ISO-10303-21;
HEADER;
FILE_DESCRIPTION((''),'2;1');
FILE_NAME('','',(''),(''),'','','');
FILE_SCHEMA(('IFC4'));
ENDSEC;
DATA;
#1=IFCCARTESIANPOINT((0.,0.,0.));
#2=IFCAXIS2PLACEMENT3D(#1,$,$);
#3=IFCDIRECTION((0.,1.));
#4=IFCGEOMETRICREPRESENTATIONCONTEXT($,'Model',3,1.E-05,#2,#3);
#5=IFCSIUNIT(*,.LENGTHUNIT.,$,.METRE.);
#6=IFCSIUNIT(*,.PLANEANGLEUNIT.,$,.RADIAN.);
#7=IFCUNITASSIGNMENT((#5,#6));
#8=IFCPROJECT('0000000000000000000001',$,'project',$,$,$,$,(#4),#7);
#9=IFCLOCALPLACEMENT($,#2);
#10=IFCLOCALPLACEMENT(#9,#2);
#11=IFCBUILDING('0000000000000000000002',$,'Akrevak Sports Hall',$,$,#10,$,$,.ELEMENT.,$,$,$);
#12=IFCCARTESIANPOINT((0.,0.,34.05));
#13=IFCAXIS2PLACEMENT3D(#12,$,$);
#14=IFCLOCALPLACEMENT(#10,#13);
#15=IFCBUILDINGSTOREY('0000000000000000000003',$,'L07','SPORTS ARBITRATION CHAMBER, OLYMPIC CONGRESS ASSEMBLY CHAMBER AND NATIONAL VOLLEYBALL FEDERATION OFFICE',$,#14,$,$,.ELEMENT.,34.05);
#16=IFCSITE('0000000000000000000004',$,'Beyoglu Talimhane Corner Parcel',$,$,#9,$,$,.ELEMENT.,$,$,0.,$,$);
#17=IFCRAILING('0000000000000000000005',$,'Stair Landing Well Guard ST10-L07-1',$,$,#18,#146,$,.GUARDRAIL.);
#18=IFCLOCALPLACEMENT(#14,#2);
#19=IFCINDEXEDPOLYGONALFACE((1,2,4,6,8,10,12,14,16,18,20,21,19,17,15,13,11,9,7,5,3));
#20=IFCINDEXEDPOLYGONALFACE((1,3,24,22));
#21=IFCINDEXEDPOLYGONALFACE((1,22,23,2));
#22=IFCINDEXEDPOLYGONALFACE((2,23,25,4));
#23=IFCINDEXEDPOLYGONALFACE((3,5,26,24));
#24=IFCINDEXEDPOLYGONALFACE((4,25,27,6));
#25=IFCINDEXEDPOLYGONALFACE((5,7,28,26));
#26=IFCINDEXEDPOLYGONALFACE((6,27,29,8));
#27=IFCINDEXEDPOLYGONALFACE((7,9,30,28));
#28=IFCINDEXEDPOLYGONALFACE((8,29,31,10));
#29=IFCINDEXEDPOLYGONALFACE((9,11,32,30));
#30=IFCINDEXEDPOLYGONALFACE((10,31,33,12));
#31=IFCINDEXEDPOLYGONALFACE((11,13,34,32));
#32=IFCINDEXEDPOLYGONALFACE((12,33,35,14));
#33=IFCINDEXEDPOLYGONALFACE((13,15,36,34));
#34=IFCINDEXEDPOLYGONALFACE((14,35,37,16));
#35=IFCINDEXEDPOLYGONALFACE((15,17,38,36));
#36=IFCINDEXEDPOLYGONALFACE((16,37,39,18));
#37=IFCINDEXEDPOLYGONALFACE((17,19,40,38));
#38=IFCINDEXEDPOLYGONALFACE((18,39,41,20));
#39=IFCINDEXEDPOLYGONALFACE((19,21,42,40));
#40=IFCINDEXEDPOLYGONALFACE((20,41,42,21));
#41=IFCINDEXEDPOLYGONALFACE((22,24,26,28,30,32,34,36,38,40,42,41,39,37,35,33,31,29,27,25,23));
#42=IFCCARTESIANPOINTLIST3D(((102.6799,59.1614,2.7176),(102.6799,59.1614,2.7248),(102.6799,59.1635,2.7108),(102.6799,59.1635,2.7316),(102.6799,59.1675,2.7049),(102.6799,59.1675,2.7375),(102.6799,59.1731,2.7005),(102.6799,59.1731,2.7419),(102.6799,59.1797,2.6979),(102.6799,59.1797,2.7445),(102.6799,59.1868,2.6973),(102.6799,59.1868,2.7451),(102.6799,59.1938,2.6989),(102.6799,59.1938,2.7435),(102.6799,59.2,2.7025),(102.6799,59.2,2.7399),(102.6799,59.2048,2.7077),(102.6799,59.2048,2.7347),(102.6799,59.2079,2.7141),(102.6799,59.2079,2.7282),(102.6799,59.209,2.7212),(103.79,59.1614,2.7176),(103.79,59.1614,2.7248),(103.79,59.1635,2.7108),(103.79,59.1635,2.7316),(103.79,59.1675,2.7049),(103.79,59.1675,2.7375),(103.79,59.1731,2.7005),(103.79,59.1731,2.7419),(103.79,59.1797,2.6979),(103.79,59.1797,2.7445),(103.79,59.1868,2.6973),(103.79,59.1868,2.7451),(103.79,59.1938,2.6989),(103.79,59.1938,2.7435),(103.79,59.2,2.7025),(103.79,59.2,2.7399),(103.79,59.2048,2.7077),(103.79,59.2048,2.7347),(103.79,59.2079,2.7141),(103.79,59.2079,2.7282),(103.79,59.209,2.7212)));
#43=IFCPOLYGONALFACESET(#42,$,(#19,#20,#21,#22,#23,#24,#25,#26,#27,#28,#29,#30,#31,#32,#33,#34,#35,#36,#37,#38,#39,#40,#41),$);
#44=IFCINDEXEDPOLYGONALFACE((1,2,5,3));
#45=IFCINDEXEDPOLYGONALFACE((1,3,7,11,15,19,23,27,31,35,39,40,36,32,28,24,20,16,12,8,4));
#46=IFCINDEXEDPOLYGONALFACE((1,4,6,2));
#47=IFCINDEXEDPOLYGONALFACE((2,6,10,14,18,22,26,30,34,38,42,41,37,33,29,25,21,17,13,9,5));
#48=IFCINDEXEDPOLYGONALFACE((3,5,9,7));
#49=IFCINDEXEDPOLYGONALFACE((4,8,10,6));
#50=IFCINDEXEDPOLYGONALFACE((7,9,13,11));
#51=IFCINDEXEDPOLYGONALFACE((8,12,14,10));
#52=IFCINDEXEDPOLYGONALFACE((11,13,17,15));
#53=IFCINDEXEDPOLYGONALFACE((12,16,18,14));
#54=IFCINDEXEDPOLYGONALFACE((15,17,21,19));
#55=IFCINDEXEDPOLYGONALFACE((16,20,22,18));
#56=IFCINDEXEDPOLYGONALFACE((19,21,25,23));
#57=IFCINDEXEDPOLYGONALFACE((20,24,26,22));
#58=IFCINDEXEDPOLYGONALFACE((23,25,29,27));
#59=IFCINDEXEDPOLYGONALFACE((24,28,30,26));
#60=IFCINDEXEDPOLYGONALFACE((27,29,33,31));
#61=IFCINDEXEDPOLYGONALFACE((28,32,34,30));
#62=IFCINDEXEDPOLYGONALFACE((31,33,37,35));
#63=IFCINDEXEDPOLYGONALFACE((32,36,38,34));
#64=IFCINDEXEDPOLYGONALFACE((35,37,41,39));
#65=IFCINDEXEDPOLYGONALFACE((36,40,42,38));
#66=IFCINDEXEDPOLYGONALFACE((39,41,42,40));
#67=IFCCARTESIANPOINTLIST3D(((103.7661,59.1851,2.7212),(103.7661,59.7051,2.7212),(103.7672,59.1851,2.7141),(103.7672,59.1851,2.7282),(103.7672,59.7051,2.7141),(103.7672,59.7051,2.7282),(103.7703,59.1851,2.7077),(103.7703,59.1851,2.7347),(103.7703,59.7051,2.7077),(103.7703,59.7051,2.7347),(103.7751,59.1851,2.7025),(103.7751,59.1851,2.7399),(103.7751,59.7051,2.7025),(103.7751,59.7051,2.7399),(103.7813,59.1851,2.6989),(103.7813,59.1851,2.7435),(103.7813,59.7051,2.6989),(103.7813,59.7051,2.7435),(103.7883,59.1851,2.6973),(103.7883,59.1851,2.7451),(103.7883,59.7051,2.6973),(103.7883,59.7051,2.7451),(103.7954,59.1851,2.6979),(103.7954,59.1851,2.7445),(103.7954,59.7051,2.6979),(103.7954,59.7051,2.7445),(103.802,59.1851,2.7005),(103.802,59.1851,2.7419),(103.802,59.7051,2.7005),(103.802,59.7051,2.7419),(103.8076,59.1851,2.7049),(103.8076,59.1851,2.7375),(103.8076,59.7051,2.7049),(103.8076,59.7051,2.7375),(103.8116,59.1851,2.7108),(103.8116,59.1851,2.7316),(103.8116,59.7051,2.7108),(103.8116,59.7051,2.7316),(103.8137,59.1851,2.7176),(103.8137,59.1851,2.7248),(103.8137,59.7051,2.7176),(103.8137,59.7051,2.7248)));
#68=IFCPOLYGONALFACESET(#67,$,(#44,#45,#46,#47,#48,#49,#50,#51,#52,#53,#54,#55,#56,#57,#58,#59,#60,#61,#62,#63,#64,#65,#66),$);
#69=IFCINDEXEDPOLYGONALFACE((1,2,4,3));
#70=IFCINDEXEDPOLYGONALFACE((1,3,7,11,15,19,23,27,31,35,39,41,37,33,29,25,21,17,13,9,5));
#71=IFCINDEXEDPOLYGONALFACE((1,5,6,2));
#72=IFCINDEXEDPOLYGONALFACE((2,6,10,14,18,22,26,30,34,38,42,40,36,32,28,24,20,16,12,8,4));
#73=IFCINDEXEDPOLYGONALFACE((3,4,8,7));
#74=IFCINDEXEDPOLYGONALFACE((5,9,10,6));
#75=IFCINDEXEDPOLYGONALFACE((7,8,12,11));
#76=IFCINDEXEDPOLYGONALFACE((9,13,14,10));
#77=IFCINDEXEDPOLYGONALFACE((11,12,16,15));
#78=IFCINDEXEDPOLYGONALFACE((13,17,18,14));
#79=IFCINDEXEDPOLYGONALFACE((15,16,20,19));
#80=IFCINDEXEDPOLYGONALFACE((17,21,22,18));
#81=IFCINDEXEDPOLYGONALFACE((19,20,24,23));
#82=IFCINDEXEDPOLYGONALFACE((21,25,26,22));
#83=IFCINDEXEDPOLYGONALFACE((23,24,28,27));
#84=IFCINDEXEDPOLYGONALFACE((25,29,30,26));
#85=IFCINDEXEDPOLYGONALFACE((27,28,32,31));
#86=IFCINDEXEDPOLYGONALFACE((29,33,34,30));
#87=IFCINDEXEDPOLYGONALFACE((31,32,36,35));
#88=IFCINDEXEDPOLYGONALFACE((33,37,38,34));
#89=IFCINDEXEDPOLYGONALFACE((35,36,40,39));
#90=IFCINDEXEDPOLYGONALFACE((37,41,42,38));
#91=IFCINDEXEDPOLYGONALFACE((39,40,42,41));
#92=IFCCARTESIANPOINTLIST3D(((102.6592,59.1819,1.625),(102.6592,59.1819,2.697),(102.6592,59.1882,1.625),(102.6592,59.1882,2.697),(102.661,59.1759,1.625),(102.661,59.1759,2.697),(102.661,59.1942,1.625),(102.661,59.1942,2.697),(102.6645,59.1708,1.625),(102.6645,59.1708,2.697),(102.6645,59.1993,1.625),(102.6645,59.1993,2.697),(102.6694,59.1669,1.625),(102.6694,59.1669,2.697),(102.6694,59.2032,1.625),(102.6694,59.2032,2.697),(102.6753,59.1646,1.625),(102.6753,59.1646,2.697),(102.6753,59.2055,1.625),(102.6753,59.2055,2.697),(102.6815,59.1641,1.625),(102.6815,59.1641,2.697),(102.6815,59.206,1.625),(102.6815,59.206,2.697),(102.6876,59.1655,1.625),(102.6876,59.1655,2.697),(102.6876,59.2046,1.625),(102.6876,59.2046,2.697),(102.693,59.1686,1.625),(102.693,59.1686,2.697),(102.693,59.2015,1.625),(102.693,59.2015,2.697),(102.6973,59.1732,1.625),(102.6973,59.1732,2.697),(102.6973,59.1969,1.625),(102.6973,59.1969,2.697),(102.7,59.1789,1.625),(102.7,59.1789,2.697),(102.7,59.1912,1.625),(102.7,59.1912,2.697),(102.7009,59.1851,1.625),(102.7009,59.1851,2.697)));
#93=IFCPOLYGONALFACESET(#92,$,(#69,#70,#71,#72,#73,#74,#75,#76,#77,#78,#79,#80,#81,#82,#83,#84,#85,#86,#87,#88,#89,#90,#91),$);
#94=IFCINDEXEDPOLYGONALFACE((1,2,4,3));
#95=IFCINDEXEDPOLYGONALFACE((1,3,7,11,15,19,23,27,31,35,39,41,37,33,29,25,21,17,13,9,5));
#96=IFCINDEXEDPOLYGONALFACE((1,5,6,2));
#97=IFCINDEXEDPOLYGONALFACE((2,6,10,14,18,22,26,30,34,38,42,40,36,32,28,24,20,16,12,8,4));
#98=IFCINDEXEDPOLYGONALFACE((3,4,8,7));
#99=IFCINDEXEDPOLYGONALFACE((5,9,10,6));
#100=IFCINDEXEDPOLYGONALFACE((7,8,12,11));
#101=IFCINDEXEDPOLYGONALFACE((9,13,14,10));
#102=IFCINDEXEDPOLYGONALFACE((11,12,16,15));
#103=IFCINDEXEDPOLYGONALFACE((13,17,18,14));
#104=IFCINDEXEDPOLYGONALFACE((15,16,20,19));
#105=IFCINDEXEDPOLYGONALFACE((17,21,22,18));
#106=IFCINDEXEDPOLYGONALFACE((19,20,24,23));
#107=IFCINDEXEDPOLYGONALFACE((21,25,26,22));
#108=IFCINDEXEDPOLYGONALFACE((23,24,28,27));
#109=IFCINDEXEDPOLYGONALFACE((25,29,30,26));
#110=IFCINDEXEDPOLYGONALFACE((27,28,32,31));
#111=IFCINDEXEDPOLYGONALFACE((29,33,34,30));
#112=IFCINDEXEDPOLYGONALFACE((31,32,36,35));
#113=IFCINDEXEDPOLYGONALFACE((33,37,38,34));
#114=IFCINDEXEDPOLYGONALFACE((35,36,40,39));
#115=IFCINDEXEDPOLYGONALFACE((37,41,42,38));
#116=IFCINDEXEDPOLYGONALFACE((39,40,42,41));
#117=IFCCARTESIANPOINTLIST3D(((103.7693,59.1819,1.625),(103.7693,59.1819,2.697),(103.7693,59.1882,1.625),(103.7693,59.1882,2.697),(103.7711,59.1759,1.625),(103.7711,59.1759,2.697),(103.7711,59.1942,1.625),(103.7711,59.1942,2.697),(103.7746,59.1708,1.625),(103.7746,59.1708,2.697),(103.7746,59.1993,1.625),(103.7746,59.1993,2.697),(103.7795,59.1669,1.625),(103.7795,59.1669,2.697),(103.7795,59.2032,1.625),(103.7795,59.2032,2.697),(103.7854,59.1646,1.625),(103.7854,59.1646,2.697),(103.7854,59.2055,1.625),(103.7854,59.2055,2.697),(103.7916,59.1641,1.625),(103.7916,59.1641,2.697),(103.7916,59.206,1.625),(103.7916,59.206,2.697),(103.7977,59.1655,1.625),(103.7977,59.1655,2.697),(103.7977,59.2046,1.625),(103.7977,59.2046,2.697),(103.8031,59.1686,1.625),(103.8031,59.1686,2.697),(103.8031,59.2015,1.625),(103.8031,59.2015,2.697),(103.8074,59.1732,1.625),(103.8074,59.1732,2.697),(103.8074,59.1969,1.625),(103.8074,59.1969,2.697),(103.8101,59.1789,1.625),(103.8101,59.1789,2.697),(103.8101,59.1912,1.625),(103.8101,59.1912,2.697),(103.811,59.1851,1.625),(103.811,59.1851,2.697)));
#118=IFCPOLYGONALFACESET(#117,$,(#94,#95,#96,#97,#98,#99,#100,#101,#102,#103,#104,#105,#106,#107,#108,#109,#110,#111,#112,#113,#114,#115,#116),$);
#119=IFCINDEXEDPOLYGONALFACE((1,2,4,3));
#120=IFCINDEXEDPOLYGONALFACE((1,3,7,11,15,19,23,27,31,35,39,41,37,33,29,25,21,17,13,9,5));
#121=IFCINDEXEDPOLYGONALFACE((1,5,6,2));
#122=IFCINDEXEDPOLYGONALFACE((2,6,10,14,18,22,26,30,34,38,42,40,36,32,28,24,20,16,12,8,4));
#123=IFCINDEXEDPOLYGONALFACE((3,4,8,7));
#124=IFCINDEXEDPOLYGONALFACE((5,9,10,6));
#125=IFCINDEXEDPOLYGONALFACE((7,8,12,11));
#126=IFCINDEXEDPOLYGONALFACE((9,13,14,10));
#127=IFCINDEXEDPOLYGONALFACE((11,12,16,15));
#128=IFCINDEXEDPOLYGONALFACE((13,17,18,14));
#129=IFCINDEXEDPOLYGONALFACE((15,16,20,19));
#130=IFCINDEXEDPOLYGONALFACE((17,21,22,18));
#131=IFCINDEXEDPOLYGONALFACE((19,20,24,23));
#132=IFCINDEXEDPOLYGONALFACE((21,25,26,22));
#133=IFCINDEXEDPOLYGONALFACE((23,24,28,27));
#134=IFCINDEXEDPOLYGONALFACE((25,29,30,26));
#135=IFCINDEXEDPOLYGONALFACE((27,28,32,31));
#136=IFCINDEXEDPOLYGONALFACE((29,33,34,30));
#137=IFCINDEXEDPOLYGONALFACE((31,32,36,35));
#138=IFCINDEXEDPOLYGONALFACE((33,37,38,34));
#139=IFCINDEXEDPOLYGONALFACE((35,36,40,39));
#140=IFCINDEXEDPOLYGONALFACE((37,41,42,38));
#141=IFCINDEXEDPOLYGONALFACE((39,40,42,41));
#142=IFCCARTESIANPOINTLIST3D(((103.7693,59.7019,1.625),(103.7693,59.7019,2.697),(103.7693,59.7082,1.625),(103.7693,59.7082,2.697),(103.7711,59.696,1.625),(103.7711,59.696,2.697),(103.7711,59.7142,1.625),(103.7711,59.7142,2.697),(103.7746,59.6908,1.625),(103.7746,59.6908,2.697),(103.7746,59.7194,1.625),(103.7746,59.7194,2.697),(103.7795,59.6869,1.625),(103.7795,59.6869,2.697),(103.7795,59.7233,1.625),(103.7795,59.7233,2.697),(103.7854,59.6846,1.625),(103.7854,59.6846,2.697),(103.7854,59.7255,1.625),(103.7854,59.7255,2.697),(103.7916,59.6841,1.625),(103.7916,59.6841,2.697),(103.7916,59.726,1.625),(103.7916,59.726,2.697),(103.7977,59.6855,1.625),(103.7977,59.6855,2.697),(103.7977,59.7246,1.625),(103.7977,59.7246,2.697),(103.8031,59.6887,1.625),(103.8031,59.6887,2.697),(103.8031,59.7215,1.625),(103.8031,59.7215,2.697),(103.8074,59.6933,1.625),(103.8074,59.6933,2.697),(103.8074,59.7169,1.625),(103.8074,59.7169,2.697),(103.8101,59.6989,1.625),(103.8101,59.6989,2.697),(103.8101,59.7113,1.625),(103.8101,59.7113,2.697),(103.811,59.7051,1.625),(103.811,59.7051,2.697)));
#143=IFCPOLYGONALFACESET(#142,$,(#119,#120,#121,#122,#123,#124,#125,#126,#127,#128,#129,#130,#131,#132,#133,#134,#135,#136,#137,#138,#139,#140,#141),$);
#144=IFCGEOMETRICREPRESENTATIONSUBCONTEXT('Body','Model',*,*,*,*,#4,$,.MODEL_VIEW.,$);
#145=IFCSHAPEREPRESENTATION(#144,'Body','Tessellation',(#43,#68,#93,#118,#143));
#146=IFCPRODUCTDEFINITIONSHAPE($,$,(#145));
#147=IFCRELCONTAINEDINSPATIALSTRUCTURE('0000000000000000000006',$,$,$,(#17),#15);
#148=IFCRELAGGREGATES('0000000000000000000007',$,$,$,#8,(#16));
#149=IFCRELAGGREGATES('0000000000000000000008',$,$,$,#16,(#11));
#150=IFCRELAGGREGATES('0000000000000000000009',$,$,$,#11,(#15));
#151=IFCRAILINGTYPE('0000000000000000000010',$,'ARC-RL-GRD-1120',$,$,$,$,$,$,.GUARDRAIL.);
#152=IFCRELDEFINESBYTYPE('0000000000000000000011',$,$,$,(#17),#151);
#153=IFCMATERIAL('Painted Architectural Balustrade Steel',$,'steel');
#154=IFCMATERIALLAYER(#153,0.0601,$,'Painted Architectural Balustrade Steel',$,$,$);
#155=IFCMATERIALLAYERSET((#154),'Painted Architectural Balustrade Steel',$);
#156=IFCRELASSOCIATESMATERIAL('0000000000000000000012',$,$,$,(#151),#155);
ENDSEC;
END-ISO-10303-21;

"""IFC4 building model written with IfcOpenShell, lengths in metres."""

from ifc_helpers import new_model, si_unit, direction, frame, origin, origin_2d, place, context, subcontext, project, spatial, circle, extrude, material, layer, layer_set, type_object, element, save


model = new_model("IFC4")

# Units and contexts
model_context = context("Model", 3, precision=1e-05, world=origin(), true_north=direction((0.0, 1.0)))
body_context = subcontext(model_context, "Body", "Model", "MODEL_VIEW")
ifc_project = project(units=[si_unit("LENGTHUNIT", "METRE"), si_unit("PLANEANGLEUNIT", "RADIAN")], contexts=[model_context])

# Site, building, storey
site_placement = place(None, origin())
site = spatial("IfcSite", under=ifc_project, at=site_placement, Name="Beyoglu Talimhane Corner Parcel", CompositionType="ELEMENT", RefElevation=0.0)
building_placement = place(site_placement, origin())
building = spatial("IfcBuilding", under=site, at=building_placement, Name="Akrevak Sports Hall", CompositionType="ELEMENT")
storey_placement = place(building_placement, frame((0.0, 0.0, 34.05)))
storey = spatial("IfcBuildingStorey", under=building, at=storey_placement, Name="L07", Description="SPORTS ARBITRATION CHAMBER, OLYMPIC CONGRESS ASSEMBLY CHAMBER AND NATIONAL VOLLEYBALL FEDERATION OFFICE", CompositionType="ELEMENT", Elevation=34.05)

# Railing
ifc_material_1 = material(Name="Painted Architectural Balustrade Steel", Category="steel")
ifc_layer_1 = layer(ifc_material_1, 0.0601, Name="Painted Architectural Balustrade Steel")
ifc_layer_set_1 = layer_set([ifc_layer_1], Name="Painted Architectural Balustrade Steel")
railing_type_1 = type_object("IfcRailingType", Name="ARC-RL-GRD-1120", PredefinedType="GUARDRAIL", material=ifc_layer_set_1)
railing_1_placement = place(storey_placement, frame((102.6799, 59.1851, 1.625)))
element("IfcRailing", 1, at=railing_1_placement, inside=storey, type_object=railing_type_1, Name="Stair Landing Well Guard ST10-L07-1", PredefinedType="GUARDRAIL", context=body_context, shape_type="SweptSolid", body=[
    extrude(circle(Radius=0.0239, at=origin_2d()), frame((0.0, 0.0, 1.0962), z_axis=(1.0, 0.0, 0.0), x_axis=(0.0, 1.0, 0.0)), (0.0, 0.0, 1.0), 1.1101),
    extrude(circle(Radius=0.0239, at=origin_2d()), frame((1.1101, 0.0, 1.0962), z_axis=(0.0, 1.0, 0.0), x_axis=(-1.0, 0.0, 0.0)), (0.0, 0.0, 1.0), 0.52),
    extrude(circle(Radius=0.021, at=origin_2d()), origin(), (0.0, 0.0, 1.0), 1.072),
    extrude(circle(Radius=0.021, at=origin_2d()), frame((1.1101, 0.0, 0.0)), (0.0, 0.0, 1.0), 1.072),
    extrude(circle(Radius=0.021, at=origin_2d()), frame((1.1101, 0.52, 0.0)), (0.0, 0.0, 1.0), 1.072),
])

save(model, "model.ifc")
